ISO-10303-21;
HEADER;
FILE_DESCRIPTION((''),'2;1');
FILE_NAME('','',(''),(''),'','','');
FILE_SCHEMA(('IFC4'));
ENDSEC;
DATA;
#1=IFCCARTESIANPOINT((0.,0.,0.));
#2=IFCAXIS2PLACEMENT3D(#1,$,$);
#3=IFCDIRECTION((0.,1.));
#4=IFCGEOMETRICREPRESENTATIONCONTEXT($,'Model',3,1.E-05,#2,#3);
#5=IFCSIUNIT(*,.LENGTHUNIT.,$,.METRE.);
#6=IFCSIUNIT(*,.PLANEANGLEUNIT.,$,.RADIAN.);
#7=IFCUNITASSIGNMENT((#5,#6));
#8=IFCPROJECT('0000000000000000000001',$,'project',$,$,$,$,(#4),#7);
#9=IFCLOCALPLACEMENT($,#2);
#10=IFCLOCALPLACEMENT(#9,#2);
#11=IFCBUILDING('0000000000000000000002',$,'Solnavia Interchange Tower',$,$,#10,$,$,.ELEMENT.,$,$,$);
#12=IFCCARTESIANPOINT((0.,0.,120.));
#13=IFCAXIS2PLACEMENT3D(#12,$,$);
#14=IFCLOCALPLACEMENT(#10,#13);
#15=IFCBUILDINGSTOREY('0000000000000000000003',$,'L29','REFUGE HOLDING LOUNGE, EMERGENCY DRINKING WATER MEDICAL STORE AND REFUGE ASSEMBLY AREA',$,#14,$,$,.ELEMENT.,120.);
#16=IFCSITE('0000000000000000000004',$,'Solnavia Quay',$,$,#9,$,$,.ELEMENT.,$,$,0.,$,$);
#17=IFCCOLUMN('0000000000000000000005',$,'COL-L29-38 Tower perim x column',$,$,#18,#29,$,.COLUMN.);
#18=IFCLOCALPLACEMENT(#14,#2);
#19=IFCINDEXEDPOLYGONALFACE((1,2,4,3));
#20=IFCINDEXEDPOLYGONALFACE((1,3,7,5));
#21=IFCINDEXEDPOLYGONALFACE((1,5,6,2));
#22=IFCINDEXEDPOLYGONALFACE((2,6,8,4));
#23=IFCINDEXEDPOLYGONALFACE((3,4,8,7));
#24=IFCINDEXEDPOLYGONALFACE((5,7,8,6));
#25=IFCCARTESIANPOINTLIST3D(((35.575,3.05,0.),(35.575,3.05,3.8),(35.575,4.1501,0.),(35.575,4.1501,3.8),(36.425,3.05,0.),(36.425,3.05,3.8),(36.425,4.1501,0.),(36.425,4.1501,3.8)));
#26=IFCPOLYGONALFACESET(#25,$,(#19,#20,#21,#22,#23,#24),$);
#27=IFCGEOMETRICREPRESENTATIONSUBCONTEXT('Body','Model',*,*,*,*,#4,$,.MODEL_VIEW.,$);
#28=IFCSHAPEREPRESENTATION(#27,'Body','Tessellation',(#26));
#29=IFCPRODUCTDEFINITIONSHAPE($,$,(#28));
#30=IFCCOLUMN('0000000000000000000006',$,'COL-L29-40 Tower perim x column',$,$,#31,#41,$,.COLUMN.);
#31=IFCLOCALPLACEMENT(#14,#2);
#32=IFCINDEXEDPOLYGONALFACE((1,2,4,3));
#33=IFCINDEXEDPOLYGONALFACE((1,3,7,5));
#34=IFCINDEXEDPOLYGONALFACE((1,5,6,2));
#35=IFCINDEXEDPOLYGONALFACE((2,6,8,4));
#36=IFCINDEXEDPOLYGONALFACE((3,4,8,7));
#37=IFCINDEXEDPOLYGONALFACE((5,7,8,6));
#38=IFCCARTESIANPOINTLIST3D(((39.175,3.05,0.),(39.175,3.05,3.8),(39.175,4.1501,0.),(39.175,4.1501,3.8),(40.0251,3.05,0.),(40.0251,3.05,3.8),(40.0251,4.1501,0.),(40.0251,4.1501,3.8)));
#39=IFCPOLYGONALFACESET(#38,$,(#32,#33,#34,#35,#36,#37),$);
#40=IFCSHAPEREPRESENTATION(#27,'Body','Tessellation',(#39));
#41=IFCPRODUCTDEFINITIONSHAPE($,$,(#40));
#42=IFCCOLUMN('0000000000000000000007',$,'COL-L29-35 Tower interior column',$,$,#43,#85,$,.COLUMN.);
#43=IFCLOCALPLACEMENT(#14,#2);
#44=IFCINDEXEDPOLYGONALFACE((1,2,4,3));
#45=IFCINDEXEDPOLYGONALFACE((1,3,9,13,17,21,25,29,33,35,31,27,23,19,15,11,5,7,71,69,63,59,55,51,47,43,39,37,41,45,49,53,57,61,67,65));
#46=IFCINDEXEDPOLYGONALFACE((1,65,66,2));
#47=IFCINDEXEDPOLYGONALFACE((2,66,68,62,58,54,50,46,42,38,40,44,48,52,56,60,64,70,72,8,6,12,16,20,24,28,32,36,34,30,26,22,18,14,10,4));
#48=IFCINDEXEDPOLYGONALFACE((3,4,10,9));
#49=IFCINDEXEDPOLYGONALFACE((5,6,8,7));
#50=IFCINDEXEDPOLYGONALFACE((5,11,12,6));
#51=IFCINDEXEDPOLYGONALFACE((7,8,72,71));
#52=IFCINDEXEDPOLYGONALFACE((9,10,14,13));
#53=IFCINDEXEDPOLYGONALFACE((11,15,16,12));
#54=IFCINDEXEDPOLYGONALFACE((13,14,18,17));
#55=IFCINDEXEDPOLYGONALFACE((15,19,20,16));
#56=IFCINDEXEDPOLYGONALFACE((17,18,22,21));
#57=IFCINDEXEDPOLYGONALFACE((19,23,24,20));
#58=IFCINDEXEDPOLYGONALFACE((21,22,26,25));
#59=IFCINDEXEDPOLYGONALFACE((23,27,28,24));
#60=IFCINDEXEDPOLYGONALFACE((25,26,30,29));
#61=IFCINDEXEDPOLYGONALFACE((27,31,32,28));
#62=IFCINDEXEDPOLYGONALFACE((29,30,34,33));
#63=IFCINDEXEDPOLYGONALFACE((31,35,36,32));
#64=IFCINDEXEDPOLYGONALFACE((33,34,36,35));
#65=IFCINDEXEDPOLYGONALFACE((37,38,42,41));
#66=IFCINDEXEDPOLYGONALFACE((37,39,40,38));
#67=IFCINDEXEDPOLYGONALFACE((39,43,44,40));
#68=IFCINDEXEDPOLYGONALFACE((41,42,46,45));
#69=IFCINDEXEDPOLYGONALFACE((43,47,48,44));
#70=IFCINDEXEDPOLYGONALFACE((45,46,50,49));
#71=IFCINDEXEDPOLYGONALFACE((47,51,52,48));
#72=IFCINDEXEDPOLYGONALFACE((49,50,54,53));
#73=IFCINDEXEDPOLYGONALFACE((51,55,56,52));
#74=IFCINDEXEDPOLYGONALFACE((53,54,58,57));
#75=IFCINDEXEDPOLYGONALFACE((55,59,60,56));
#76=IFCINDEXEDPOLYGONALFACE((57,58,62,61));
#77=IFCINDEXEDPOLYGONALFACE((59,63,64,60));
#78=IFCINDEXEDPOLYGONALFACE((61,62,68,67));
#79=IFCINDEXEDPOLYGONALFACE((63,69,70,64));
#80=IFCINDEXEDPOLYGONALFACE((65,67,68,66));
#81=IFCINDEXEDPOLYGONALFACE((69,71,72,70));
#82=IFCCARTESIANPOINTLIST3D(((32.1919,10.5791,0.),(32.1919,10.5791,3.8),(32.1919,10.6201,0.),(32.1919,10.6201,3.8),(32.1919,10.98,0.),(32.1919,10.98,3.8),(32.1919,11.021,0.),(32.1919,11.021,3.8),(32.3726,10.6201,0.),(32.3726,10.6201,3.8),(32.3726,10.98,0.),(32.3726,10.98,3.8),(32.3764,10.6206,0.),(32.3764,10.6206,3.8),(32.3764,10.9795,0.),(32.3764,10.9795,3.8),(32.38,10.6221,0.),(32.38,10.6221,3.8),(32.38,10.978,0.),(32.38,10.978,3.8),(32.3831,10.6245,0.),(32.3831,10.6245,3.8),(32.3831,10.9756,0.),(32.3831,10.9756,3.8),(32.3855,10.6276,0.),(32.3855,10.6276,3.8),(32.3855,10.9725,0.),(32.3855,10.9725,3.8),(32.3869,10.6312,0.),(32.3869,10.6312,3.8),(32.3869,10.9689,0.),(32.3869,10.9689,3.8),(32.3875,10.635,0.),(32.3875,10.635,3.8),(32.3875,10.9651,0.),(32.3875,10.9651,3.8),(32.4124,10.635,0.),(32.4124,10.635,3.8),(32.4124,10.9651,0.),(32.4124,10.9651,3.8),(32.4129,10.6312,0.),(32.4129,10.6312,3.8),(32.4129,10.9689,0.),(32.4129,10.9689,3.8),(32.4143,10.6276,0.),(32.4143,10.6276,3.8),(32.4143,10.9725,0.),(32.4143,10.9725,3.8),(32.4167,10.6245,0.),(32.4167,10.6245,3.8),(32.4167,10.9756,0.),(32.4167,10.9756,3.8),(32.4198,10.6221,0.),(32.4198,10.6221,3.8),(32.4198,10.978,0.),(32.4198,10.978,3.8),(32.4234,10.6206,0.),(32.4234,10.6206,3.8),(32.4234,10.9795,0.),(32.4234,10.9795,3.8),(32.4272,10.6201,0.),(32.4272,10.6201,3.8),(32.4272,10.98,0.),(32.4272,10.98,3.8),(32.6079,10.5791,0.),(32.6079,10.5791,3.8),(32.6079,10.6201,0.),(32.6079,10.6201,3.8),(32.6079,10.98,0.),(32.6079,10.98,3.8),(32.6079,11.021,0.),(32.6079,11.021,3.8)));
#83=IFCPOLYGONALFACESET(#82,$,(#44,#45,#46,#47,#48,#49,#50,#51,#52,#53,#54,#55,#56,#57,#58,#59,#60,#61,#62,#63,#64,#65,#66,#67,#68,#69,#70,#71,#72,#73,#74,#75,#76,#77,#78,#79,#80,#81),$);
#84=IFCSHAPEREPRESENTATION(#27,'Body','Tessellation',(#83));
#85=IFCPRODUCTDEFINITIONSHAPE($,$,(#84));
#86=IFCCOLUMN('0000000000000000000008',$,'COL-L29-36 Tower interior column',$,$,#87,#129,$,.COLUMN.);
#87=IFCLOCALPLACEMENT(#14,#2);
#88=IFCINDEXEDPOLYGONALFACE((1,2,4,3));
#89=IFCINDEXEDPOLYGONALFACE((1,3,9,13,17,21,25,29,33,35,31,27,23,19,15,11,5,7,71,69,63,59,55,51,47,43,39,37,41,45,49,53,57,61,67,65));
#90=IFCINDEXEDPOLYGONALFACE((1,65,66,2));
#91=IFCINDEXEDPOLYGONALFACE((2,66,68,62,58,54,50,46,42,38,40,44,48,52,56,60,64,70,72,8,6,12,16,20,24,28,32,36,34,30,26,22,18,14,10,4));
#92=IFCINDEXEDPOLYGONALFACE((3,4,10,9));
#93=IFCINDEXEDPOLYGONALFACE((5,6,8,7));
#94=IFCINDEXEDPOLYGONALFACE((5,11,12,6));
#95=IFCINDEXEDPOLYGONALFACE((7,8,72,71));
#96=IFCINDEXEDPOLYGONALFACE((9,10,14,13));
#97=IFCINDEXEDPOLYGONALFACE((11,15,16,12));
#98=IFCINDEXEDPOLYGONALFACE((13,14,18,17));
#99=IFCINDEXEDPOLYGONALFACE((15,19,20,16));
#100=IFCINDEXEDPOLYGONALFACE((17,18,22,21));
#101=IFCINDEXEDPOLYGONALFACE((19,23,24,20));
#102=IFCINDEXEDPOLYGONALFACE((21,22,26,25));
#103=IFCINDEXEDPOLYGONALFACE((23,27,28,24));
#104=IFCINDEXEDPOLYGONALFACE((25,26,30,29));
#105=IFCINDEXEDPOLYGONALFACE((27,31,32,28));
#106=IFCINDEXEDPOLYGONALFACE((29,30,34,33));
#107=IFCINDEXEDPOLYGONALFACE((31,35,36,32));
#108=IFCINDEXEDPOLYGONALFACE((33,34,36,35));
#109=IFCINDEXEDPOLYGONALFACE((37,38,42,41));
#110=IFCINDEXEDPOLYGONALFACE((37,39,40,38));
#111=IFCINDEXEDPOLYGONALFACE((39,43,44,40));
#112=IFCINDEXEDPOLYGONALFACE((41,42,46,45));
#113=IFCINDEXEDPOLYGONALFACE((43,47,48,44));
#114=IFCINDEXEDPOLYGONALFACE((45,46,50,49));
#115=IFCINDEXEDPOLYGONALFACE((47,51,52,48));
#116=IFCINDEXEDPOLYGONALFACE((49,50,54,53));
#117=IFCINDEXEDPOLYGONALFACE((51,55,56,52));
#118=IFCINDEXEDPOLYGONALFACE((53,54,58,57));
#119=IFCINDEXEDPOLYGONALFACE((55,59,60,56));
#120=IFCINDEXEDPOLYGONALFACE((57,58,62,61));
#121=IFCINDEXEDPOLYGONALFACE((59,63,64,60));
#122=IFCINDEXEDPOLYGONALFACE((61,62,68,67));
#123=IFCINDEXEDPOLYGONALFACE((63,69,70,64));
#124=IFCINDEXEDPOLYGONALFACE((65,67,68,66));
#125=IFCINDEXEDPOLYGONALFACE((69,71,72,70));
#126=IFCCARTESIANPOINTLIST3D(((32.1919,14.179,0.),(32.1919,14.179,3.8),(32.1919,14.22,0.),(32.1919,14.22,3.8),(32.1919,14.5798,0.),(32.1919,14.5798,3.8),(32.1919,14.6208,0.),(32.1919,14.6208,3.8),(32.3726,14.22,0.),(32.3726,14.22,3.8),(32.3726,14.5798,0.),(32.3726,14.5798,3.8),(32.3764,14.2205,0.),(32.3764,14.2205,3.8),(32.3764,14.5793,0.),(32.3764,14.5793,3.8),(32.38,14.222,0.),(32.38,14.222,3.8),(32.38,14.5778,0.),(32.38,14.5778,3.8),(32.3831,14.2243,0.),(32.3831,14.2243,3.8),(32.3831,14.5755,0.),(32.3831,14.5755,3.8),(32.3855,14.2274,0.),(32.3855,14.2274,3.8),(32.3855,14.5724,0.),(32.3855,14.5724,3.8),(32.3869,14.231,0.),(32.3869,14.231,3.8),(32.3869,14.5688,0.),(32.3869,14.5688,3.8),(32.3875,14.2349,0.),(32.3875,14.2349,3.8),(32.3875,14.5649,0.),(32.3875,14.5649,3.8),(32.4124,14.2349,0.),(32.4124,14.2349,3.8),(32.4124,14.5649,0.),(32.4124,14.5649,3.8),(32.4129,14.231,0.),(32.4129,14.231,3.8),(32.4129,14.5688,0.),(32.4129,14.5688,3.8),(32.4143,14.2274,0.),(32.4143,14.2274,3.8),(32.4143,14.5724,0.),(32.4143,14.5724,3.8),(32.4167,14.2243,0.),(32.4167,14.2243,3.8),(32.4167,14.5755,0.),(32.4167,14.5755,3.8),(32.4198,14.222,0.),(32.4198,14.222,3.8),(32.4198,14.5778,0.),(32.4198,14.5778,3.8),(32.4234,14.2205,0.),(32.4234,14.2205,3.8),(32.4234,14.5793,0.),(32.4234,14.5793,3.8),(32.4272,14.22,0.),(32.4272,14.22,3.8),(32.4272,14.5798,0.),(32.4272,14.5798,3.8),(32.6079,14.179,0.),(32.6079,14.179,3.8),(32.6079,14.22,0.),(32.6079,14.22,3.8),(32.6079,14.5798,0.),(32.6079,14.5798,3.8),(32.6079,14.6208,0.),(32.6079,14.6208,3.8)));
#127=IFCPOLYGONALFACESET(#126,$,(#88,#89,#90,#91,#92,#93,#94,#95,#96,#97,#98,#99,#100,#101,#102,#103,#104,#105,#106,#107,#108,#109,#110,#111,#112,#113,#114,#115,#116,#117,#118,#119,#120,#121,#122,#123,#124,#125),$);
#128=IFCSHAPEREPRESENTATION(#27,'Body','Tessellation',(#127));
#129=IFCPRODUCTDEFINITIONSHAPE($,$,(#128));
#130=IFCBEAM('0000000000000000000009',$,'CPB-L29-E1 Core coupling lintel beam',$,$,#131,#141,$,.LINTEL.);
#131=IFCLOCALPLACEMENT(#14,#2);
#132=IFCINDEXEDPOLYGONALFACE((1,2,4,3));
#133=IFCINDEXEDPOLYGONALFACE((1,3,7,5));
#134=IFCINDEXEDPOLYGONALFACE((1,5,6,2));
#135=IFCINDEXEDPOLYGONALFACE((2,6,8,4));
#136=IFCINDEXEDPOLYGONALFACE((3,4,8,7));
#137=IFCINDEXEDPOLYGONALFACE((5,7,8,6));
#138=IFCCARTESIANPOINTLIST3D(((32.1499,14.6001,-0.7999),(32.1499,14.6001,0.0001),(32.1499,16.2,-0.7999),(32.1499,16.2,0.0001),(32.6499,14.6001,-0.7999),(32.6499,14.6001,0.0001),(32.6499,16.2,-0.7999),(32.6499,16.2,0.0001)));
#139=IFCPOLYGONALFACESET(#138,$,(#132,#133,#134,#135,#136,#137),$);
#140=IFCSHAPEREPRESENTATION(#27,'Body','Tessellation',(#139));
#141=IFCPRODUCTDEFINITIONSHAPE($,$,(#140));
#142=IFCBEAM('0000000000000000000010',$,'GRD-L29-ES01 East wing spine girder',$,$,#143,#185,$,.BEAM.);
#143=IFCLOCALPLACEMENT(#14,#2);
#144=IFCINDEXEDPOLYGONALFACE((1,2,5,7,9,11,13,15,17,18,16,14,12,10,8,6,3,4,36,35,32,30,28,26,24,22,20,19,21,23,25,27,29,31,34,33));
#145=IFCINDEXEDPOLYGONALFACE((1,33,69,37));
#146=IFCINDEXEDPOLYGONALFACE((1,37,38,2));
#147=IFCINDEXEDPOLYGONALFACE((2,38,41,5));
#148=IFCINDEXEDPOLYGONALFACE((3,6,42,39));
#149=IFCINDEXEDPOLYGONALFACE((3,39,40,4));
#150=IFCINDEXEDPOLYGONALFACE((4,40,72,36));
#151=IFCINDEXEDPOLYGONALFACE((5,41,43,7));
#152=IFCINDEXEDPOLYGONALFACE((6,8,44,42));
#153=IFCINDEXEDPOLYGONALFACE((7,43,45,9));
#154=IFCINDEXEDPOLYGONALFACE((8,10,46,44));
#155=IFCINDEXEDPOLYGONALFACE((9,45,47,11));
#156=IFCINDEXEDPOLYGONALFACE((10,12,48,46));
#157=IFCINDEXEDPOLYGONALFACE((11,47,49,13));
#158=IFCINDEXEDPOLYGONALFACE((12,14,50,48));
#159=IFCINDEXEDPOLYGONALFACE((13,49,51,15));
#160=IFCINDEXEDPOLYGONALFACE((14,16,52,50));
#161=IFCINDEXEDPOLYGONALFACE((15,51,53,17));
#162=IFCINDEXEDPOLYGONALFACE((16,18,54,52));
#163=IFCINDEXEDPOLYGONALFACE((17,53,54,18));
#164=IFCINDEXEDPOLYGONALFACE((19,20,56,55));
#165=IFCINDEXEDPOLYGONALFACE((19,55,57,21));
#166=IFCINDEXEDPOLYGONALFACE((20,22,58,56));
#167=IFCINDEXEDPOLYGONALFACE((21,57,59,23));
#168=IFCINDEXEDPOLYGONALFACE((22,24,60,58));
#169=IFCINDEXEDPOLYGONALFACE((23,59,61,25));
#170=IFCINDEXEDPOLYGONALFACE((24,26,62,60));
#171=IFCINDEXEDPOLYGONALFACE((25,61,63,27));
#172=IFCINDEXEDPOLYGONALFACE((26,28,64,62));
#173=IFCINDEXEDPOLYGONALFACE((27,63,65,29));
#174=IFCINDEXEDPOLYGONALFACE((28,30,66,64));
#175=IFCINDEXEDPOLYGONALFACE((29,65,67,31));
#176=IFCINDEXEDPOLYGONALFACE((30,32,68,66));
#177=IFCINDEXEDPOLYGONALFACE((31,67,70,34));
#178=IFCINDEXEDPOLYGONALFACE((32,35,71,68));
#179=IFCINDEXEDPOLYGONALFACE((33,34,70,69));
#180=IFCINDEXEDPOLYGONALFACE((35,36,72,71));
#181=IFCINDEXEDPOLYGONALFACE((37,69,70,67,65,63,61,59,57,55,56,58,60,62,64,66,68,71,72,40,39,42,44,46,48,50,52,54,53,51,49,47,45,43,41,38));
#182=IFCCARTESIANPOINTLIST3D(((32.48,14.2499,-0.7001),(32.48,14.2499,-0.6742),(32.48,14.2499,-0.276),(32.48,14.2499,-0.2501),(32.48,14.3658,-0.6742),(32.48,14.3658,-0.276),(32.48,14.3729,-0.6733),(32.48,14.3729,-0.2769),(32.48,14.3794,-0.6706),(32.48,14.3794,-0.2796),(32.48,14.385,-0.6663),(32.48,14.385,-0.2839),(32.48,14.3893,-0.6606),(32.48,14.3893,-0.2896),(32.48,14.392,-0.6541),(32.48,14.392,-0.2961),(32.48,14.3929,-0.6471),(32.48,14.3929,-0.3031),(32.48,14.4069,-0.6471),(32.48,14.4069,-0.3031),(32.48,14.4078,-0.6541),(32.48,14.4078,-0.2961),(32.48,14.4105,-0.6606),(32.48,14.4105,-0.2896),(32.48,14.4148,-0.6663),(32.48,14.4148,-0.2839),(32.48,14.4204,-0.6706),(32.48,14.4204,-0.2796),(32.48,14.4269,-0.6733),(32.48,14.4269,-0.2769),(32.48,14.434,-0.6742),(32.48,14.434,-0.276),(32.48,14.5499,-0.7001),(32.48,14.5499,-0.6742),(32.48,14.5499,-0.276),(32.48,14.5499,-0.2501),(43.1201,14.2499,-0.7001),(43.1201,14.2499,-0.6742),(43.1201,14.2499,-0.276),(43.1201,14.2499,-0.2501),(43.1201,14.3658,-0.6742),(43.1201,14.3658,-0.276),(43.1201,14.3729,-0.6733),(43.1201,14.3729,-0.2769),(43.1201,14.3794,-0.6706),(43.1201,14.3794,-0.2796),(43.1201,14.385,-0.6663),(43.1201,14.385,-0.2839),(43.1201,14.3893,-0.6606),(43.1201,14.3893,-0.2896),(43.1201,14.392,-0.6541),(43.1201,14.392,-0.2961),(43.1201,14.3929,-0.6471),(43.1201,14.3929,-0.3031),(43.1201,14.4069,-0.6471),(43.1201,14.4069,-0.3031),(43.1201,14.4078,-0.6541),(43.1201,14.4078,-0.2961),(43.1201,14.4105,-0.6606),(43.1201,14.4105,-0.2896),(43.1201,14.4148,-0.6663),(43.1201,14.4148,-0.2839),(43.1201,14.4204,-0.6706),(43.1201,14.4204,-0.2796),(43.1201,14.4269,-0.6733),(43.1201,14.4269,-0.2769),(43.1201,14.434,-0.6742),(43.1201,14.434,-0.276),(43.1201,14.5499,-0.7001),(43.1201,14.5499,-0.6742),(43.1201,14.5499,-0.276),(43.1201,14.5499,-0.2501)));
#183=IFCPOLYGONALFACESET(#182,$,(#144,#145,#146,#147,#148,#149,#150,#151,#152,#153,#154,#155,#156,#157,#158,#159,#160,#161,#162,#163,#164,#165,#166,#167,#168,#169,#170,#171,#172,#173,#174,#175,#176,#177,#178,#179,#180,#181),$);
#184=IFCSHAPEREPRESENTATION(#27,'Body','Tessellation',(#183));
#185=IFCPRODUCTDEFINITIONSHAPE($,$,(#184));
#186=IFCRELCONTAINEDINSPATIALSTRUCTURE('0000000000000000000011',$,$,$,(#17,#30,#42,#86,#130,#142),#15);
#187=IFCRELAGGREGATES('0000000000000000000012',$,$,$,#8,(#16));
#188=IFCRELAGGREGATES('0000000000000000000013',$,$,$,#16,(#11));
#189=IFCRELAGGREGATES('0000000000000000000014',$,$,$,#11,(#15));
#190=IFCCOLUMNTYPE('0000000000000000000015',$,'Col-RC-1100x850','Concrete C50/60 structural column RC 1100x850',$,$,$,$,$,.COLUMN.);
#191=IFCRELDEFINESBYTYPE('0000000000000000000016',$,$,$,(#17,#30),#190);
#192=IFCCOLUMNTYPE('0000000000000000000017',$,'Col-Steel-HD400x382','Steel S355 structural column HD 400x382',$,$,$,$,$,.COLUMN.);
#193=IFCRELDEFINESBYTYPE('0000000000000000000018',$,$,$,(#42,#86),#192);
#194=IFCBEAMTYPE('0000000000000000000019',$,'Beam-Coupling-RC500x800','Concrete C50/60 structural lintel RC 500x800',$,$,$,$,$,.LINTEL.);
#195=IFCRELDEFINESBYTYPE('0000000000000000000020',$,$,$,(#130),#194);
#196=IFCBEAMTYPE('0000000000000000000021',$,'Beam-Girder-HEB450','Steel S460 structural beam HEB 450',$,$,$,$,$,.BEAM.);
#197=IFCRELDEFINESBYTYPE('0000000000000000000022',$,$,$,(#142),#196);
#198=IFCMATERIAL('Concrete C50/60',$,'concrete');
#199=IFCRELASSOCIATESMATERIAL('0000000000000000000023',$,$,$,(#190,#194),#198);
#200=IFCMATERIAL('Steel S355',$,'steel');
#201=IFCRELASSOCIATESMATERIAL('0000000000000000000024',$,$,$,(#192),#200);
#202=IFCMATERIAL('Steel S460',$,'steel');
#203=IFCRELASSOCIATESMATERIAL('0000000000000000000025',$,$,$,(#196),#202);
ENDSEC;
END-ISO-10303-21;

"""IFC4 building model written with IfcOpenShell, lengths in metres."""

from ifc_helpers import new_model, si_unit, direction, frame, origin, origin_2d, place, context, subcontext, project, spatial, rectangle, i_section, extrude, material, material_profile, profile_set, type_object, element, save


model = new_model("IFC4")

# Units and contexts
model_context = context("Model", 3, precision=1e-05, world=origin(), true_north=direction((0.0, 1.0)))
body_context = subcontext(model_context, "Body", "Model", "MODEL_VIEW")
ifc_project = project(units=[si_unit("LENGTHUNIT", "METRE"), si_unit("PLANEANGLEUNIT", "RADIAN")], contexts=[model_context])

# Site, building, storey
site_placement = place(None, origin())
site = spatial("IfcSite", under=ifc_project, at=site_placement, Name="Solnavia Quay", CompositionType="ELEMENT", RefElevation=0.0)
building_placement = place(site_placement, origin())
building = spatial("IfcBuilding", under=site, at=building_placement, Name="Solnavia Interchange Tower", CompositionType="ELEMENT")
storey_placement = place(building_placement, frame((0.0, 0.0, 120.0)))
storey = spatial("IfcBuildingStorey", under=building, at=storey_placement, Name="L29", Description="REFUGE HOLDING LOUNGE, EMERGENCY DRINKING WATER MEDICAL STORE AND REFUGE ASSEMBLY AREA", CompositionType="ELEMENT", Elevation=120.0)

# Columns
ifc_material_1 = material(Name="Concrete C50/60", Category="concrete")
ifc_material_profile_1 = material_profile(ifc_material_1, rectangle(XDim=0.8501, YDim=1.1001, at=origin_2d()), Name="RC 1100x850")
ifc_profile_set_1 = profile_set([ifc_material_profile_1], Name="Concrete C50/60")
column_type_1 = type_object("IfcColumnType", Name="Col-RC-1100x850", Description="Concrete C50/60 structural column RC 1100x850", PredefinedType="COLUMN", material=ifc_profile_set_1)
for number, where, z_axis, x_axis, name in (
    (1, (36.0, 3.6001, 0.0), (0.0, 0.0, 1.0), (1.0, 0.0, 0.0), "COL-L29-38 Tower perim x column"),
    (2, (39.6001, 3.6001, 0.0), (0.0, 0.0, 1.0), (1.0, 0.0, 0.0), "COL-L29-40 Tower perim x column"),
):
    element("IfcColumn", number, at=place(storey_placement, frame(where, z_axis=z_axis, x_axis=x_axis)), inside=storey, type_object=column_type_1, Name=name, PredefinedType="COLUMN", context=body_context, shape_type="SweptSolid", body=[
        extrude(rectangle(XDim=0.8501, YDim=1.1001, at=origin_2d()), origin(), (0.0, 0.0, 1.0), 3.8),
    ])
ifc_material_2 = material(Name="Steel S355", Category="steel")
ifc_material_profile_2 = material_profile(ifc_material_2, i_section(OverallWidth=0.416, OverallDepth=0.4419, WebThickness=0.0249, FlangeThickness=0.041, FilletRadius=0.0149, at=origin_2d()), Name="HD 400x382")
ifc_profile_set_2 = profile_set([ifc_material_profile_2], Name="Steel S355")
column_type_2 = type_object("IfcColumnType", Name="Col-Steel-HD400x382", Description="Steel S355 structural column HD 400x382", PredefinedType="COLUMN", material=ifc_profile_set_2)
for number, where, z_axis, x_axis, name in (
    (3, (32.3999, 10.8, 0.0), (0.0, 0.0, 1.0), (1.0, 0.0, 0.0), "COL-L29-35 Tower interior column"),
    (4, (32.3999, 14.3999, 0.0), (0.0, 0.0, 1.0), (1.0, 0.0, 0.0), "COL-L29-36 Tower interior column"),
):
    element("IfcColumn", number, at=place(storey_placement, frame(where, z_axis=z_axis, x_axis=x_axis)), inside=storey, type_object=column_type_2, Name=name, PredefinedType="COLUMN", context=body_context, shape_type="SweptSolid", body=[
        extrude(i_section(OverallWidth=0.416, OverallDepth=0.4419, WebThickness=0.0249, FlangeThickness=0.041, FilletRadius=0.0149, at=origin_2d()), origin(), (0.0, 0.0, 1.0), 3.8),
    ])

# Beams
ifc_material_profile_3 = material_profile(ifc_material_1, rectangle(XDim=0.5, YDim=0.8, at=origin_2d()), Name="RC 500x800")
ifc_profile_set_3 = profile_set([ifc_material_profile_3], Name="Concrete C50/60")
beam_type_1 = type_object("IfcBeamType", Name="Beam-Coupling-RC500x800", Description="Concrete C50/60 structural lintel RC 500x800", PredefinedType="LINTEL", material=ifc_profile_set_3)
beam_1_placement = place(storey_placement, frame((32.3999, 14.6001, -0.3999), z_axis=(0.0, 1.0, 0.0), x_axis=(-1.0, 0.0, 0.0)))
element("IfcBeam", 5, at=beam_1_placement, inside=storey, type_object=beam_type_1, Name="CPB-L29-E1 Core coupling lintel beam", PredefinedType="LINTEL", context=body_context, shape_type="SweptSolid", body=[
    extrude(rectangle(XDim=0.5, YDim=0.8, at=origin_2d()), origin(), (0.0, 0.0, 1.0), 1.5999),
])
ifc_material_3 = material(Name="Steel S460", Category="steel")
ifc_material_profile_4 = material_profile(ifc_material_3, i_section(OverallWidth=0.3, OverallDepth=0.45, WebThickness=0.0139, FlangeThickness=0.0259, FilletRadius=0.0271, at=origin_2d()), Name="HEB 450")
ifc_profile_set_4 = profile_set([ifc_material_profile_4], Name="Steel S460")
beam_type_2 = type_object("IfcBeamType", Name="Beam-Girder-HEB450", Description="Steel S460 structural beam HEB 450", PredefinedType="BEAM", material=ifc_profile_set_4)
beam_2_placement = place(storey_placement, frame((32.48, 14.3999, -0.4751), z_axis=(1.0, 0.0, 0.0), x_axis=(0.0, 1.0, 0.0)))
element("IfcBeam", 6, at=beam_2_placement, inside=storey, type_object=beam_type_2, Name="GRD-L29-ES01 East wing spine girder", PredefinedType="BEAM", context=body_context, shape_type="SweptSolid", body=[
    extrude(i_section(OverallWidth=0.3, OverallDepth=0.45, WebThickness=0.0139, FlangeThickness=0.0259, FilletRadius=0.0271, at=origin_2d()), origin(), (0.0, 0.0, 1.0), 10.6401),
])

save(model, "model.ifc")
